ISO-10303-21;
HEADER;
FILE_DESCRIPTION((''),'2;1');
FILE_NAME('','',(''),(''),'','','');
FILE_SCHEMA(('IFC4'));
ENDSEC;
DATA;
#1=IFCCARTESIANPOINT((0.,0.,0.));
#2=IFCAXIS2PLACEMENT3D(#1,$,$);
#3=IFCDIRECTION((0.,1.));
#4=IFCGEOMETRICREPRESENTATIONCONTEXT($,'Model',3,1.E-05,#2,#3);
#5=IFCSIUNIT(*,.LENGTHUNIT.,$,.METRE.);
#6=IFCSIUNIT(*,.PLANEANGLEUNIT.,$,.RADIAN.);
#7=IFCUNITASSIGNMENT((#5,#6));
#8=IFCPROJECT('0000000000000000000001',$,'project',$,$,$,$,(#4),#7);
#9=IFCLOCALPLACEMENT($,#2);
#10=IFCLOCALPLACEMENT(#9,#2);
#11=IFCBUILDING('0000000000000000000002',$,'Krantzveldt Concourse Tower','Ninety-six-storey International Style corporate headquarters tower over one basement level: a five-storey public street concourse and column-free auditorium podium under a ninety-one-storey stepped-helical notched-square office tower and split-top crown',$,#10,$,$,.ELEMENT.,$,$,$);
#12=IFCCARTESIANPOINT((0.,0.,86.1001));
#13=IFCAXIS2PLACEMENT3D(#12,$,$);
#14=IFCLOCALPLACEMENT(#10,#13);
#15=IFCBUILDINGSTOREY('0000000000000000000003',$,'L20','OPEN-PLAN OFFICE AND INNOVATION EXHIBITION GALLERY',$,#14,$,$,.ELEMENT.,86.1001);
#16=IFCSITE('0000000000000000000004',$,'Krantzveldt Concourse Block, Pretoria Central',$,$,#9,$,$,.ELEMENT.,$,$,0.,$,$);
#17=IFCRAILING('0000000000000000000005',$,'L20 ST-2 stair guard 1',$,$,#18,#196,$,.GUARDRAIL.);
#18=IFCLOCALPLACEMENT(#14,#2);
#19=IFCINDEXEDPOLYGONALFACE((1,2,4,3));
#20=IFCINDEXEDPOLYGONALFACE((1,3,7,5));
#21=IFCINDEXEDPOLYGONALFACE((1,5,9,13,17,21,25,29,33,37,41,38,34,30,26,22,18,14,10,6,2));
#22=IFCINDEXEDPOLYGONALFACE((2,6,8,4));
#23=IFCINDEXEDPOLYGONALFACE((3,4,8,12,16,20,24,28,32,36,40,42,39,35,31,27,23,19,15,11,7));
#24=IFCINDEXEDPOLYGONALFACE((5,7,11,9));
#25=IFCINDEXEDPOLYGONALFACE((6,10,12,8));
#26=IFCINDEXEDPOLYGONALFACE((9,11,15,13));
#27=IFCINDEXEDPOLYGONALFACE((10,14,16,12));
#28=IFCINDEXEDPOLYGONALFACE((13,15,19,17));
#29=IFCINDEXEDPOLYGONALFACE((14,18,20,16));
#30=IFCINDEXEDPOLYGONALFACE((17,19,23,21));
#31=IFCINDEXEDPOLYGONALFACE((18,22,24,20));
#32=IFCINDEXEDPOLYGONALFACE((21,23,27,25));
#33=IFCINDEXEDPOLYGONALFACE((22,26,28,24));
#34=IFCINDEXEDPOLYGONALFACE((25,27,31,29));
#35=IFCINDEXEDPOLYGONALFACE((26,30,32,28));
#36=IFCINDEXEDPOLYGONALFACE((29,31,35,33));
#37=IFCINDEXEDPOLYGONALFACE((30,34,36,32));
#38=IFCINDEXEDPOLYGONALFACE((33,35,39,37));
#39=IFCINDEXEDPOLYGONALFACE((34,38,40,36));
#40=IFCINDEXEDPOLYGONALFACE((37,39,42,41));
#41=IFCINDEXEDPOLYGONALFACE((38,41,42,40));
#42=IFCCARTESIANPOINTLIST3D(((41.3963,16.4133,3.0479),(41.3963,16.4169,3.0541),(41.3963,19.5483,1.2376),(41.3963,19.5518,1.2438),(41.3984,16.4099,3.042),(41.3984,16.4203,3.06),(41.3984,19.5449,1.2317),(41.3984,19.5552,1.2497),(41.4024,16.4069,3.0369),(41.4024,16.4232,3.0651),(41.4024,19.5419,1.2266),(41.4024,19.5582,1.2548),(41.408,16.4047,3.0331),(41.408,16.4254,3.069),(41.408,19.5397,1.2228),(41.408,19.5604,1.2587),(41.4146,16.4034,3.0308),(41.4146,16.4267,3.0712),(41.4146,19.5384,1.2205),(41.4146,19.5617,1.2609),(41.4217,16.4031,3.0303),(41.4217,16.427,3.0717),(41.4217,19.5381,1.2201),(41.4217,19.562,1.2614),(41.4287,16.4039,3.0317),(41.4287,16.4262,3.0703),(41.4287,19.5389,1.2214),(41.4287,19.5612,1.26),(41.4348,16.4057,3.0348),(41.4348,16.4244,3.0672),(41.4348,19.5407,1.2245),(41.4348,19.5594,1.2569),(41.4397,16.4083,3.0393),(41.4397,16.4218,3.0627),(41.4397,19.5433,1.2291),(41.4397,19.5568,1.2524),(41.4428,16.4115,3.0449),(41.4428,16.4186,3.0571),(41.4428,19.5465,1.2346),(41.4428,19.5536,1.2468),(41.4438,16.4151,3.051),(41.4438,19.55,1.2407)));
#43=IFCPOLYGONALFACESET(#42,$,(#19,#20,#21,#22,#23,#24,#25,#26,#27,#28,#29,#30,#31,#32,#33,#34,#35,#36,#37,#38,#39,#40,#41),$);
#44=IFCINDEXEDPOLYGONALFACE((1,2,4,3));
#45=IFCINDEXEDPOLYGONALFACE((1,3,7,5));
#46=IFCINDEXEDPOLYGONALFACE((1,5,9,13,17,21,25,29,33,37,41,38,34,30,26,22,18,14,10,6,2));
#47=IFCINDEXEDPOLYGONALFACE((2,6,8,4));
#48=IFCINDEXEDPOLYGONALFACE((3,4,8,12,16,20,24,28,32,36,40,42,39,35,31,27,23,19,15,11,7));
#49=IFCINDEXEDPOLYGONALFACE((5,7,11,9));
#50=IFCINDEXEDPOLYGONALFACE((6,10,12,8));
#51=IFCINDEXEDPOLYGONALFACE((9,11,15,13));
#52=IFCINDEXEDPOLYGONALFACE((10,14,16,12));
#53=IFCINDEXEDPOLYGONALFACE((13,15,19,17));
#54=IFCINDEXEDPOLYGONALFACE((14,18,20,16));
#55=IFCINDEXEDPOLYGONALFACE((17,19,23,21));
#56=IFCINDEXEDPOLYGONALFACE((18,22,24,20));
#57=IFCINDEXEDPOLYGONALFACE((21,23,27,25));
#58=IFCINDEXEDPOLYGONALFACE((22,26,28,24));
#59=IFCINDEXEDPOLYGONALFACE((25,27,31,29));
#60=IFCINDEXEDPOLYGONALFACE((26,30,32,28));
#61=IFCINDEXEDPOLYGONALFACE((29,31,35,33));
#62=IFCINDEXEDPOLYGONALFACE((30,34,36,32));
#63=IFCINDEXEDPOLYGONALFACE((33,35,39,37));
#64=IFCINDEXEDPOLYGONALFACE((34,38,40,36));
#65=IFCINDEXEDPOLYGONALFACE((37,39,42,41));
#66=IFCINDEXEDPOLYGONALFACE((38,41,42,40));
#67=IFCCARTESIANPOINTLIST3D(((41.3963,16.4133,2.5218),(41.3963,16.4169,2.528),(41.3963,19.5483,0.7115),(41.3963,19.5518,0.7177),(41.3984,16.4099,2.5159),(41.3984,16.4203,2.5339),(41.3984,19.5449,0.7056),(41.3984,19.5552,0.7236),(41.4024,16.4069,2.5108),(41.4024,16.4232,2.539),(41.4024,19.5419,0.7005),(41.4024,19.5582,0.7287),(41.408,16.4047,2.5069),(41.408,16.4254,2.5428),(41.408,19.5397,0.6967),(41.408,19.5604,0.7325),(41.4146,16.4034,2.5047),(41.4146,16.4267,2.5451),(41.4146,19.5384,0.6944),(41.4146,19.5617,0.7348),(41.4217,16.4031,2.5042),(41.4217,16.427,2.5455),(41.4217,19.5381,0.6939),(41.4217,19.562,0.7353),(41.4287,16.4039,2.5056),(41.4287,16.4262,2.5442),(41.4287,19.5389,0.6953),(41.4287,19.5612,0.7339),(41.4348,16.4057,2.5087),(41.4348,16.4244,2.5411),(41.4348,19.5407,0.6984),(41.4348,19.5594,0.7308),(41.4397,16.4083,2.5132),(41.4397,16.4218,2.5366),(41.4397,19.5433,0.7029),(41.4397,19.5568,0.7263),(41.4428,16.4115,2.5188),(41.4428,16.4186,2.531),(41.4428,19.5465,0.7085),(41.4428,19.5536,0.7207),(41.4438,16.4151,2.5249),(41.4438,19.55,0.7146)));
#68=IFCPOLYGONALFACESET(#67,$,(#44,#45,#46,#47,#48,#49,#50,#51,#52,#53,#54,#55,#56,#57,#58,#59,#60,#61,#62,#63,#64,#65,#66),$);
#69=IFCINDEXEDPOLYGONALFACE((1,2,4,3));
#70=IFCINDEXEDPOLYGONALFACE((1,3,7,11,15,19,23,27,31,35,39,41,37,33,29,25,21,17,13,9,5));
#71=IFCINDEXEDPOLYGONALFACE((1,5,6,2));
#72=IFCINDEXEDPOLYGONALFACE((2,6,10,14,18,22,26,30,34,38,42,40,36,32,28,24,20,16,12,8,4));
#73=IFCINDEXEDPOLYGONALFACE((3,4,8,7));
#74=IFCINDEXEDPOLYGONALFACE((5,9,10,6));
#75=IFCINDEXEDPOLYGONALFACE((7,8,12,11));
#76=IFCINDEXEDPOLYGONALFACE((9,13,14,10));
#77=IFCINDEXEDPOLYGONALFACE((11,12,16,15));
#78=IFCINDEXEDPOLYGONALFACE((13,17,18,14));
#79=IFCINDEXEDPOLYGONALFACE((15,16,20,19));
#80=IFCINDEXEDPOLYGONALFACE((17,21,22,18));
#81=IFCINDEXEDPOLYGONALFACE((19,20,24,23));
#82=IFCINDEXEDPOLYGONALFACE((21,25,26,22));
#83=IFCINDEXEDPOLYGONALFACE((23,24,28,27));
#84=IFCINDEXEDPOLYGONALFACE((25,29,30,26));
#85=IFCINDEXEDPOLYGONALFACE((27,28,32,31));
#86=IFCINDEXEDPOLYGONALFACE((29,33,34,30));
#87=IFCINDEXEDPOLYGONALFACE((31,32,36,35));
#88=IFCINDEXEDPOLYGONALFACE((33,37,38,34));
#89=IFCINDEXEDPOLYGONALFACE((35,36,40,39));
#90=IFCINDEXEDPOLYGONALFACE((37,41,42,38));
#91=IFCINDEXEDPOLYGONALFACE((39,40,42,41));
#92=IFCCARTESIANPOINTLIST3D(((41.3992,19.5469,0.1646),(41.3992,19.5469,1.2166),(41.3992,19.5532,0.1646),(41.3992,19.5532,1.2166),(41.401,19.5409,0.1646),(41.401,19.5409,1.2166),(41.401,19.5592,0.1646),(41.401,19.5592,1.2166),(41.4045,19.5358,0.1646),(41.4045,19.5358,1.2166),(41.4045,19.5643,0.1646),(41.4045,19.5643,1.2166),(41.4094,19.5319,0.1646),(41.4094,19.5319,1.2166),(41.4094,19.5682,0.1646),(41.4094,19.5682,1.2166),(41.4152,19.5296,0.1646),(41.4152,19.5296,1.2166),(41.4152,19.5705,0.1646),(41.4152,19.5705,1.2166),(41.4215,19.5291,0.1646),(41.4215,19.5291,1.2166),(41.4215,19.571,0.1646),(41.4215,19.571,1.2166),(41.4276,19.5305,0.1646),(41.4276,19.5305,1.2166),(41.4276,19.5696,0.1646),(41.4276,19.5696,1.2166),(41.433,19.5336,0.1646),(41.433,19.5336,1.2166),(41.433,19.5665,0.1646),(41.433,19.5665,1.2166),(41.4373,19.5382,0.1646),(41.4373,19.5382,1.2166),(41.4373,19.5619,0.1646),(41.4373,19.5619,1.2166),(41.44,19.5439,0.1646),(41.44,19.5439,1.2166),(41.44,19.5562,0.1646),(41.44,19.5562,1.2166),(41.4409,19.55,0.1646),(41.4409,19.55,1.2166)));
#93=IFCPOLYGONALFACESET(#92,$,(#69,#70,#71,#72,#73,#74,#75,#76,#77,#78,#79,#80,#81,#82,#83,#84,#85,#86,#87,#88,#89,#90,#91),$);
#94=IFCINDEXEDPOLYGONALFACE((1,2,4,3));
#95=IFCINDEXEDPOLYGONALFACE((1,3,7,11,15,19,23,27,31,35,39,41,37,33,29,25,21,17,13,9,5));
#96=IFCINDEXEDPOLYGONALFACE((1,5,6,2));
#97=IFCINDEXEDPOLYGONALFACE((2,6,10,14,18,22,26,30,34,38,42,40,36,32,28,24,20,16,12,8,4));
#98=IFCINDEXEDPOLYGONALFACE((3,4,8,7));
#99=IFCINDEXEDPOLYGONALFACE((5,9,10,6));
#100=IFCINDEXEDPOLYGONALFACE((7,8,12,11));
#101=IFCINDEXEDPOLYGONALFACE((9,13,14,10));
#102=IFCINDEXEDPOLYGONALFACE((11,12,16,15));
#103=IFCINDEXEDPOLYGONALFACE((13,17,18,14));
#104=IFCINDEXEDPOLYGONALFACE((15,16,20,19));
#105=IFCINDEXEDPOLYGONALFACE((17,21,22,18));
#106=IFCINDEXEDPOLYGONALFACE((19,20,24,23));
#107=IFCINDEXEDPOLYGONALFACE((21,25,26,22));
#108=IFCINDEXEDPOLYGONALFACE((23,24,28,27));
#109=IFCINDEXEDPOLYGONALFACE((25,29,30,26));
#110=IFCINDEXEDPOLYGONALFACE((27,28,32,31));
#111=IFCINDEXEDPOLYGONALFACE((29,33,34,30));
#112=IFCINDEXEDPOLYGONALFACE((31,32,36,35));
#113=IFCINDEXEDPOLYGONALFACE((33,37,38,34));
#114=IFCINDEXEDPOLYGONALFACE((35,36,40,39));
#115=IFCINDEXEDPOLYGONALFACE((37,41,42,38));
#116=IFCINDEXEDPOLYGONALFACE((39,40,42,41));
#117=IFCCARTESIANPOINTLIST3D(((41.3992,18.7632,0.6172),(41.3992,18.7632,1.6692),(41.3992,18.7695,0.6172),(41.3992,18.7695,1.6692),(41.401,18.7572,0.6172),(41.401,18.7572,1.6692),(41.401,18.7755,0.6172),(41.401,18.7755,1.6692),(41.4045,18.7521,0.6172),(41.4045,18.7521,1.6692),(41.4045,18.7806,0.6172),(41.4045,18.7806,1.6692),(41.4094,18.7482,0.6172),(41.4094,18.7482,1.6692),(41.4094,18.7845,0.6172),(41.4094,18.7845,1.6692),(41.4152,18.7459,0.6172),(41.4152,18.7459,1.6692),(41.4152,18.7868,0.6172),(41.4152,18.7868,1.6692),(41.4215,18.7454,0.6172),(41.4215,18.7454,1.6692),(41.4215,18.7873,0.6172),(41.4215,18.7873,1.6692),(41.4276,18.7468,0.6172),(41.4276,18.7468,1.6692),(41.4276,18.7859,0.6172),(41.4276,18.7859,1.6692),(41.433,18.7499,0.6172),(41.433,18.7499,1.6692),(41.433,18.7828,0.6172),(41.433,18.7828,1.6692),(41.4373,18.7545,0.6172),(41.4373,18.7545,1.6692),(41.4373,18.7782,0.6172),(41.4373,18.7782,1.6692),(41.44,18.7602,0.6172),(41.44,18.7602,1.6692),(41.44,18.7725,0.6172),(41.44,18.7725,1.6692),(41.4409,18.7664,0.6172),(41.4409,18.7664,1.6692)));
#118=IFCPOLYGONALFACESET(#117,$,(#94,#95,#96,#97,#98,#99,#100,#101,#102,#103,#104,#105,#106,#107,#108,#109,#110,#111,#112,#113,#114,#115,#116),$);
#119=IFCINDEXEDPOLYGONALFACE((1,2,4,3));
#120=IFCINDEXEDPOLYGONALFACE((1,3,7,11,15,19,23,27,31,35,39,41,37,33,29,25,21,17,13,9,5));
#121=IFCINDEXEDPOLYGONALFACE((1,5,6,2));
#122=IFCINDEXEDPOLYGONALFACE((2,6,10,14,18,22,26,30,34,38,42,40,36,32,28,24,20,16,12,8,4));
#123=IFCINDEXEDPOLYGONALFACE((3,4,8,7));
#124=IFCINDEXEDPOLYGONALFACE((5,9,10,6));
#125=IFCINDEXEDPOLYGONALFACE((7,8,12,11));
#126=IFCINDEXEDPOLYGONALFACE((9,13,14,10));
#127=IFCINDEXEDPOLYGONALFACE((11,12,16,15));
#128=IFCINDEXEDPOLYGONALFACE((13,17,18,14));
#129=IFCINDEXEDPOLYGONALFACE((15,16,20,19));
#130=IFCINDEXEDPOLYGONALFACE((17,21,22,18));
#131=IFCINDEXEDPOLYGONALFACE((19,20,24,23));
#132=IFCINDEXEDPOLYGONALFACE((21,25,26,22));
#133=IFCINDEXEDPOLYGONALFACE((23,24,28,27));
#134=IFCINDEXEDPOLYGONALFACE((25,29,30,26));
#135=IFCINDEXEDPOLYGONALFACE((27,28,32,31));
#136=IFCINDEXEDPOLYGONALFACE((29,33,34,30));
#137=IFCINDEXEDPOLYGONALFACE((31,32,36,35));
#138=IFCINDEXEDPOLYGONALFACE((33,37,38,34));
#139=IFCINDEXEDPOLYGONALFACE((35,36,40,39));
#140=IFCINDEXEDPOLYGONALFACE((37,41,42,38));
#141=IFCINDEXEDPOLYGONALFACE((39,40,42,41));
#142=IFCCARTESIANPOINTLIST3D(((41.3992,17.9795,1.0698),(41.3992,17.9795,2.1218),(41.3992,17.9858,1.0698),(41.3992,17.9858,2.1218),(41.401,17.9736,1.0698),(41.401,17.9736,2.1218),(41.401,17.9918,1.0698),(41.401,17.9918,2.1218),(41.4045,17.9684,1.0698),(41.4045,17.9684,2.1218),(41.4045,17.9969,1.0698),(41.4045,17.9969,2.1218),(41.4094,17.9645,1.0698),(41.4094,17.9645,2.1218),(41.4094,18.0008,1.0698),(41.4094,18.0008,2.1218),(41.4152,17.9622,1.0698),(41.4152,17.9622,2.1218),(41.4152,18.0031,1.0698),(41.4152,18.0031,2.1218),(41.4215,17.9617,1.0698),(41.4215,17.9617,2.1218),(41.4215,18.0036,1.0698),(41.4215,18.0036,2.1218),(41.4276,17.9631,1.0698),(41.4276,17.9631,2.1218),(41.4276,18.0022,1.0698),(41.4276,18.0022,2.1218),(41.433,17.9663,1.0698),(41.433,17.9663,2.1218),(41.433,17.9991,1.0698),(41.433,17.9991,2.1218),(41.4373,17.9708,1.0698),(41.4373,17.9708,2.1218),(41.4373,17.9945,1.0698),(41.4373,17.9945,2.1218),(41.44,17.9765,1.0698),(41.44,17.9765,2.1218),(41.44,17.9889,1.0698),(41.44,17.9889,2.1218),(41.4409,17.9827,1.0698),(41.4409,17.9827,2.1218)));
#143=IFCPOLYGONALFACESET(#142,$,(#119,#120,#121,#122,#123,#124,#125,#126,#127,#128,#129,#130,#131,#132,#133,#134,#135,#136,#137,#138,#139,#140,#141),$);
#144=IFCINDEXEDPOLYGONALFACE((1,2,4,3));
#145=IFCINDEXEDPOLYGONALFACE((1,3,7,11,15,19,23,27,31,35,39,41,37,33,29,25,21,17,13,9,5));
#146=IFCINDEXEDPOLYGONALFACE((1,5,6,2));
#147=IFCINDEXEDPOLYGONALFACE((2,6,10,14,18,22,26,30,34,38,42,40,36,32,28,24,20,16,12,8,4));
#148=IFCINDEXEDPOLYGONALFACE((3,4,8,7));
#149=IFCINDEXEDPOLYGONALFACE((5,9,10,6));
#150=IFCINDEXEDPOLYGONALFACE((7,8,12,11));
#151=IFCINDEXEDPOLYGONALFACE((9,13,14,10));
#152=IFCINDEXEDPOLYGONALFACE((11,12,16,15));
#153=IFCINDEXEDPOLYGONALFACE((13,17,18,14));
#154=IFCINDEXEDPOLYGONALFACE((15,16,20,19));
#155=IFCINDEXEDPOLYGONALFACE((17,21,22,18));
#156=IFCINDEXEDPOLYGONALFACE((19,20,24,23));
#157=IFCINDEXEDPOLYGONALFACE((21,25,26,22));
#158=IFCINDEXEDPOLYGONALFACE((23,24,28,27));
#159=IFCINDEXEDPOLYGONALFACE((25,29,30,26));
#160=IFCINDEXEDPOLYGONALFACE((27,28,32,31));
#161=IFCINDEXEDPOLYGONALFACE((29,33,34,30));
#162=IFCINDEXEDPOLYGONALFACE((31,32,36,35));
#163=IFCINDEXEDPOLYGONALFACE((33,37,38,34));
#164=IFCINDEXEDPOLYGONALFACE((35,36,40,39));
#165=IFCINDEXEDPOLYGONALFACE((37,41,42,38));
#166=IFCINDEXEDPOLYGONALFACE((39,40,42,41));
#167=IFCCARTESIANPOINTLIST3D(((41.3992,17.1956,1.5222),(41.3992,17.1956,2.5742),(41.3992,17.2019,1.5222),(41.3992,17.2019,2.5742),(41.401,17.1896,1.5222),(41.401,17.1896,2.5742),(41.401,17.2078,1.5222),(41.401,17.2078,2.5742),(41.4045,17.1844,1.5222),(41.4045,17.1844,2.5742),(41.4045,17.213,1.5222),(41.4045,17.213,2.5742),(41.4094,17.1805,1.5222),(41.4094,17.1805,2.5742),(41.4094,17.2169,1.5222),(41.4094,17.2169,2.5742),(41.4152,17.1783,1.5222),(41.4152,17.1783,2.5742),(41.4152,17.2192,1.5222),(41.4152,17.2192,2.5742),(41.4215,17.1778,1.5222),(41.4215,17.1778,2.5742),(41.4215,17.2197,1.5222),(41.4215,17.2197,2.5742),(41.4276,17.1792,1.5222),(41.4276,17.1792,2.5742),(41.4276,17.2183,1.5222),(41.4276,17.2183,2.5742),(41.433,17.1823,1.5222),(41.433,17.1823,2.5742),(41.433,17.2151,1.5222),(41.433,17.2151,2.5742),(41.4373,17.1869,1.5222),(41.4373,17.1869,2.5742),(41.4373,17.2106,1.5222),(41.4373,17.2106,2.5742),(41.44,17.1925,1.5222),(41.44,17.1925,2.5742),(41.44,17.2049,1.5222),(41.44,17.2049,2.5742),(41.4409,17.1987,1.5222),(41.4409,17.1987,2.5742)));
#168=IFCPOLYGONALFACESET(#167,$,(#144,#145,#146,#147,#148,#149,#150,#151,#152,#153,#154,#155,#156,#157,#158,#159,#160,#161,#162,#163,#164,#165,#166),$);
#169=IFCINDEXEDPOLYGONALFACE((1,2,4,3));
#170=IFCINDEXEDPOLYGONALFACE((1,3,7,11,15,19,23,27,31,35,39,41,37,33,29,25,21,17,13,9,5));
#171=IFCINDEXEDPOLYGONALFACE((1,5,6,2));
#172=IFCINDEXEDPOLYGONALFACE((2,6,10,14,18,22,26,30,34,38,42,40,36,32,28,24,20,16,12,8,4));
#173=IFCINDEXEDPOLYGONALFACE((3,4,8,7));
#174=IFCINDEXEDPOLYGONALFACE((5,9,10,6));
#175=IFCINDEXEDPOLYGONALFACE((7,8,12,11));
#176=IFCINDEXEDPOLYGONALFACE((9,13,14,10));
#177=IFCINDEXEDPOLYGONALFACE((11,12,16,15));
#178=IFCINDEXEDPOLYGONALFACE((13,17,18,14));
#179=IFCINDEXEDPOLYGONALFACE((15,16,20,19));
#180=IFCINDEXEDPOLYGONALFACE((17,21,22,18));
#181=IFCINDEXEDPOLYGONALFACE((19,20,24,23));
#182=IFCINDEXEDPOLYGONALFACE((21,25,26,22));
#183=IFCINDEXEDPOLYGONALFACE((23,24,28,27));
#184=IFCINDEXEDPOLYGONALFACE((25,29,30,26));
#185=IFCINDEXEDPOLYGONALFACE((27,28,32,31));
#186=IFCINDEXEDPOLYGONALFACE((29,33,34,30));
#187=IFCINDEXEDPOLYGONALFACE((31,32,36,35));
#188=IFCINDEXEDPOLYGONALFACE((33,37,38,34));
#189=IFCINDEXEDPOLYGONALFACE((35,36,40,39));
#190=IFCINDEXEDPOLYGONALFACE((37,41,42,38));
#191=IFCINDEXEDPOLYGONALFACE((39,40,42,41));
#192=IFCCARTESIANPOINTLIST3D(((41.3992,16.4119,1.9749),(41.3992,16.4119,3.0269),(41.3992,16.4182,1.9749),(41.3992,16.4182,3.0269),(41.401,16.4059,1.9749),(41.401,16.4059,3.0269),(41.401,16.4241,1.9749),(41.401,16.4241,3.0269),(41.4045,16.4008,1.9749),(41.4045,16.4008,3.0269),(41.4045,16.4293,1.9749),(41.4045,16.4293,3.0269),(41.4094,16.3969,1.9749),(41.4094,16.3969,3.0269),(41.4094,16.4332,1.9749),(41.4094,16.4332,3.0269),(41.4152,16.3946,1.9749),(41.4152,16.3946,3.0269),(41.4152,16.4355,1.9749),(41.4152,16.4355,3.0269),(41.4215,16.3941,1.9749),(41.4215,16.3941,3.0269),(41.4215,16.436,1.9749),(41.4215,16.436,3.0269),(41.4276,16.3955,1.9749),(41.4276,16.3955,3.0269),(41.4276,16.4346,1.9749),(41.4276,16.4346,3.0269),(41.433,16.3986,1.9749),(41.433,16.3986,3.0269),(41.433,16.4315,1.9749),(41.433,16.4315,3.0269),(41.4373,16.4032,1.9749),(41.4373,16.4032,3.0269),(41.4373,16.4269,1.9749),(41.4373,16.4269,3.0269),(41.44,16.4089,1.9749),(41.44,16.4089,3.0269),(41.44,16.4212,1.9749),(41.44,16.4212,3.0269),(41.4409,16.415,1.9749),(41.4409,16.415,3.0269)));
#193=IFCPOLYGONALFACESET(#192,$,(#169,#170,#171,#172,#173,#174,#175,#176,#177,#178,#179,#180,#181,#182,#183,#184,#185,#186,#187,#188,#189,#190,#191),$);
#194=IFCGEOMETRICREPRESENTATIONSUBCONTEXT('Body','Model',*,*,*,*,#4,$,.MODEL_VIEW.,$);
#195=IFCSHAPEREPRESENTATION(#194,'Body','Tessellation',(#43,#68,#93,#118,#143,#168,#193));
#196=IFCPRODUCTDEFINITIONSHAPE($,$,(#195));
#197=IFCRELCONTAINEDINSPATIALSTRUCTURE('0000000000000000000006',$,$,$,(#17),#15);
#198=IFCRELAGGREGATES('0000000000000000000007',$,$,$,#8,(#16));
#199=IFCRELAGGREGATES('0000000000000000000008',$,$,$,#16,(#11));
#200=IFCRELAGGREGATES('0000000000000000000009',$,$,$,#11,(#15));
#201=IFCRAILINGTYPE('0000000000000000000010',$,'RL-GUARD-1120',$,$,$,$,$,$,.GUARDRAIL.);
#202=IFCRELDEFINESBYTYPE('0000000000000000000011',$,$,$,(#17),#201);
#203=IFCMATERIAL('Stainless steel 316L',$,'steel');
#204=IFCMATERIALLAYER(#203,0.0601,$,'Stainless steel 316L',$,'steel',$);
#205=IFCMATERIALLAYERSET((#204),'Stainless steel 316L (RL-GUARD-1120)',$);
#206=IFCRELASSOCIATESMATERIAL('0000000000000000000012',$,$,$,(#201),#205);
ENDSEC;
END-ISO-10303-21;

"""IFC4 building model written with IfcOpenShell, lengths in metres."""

from ifc_helpers import new_model, si_unit, direction, frame, origin, origin_2d, place, context, subcontext, project, spatial, circle, extrude, material, layer, layer_set, type_object, element, save


model = new_model("IFC4")

# Units and contexts
model_context = context("Model", 3, precision=1e-05, world=origin(), true_north=direction((0.0, 1.0)))
body_context = subcontext(model_context, "Body", "Model", "MODEL_VIEW")
ifc_project = project(units=[si_unit("LENGTHUNIT", "METRE"), si_unit("PLANEANGLEUNIT", "RADIAN")], contexts=[model_context])

# Site, building, storey
site_placement = place(None, origin())
site = spatial("IfcSite", under=ifc_project, at=site_placement, Name="Krantzveldt Concourse Block, Pretoria Central", CompositionType="ELEMENT", RefElevation=0.0)
building_placement = place(site_placement, origin())
building = spatial("IfcBuilding", under=site, at=building_placement, Name="Krantzveldt Concourse Tower", Description="Ninety-six-storey International Style corporate headquarters tower over one basement level: a five-storey public street concourse and column-free auditorium podium under a ninety-one-storey stepped-helical notched-square office tower and split-top crown", CompositionType="ELEMENT")
storey_placement = place(building_placement, frame((0.0, 0.0, 86.1001)))
storey = spatial("IfcBuildingStorey", under=building, at=storey_placement, Name="L20", Description="OPEN-PLAN OFFICE AND INNOVATION EXHIBITION GALLERY", CompositionType="ELEMENT", Elevation=86.1001)

# Shared definitions
ifc_material_1 = material(Name="Stainless steel 316L", Category="steel")

# Railing
ifc_layer_1 = layer(ifc_material_1, 0.0601, Name="Stainless steel 316L", Category="steel")
ifc_layer_set_1 = layer_set([ifc_layer_1], Name="Stainless steel 316L (RL-GUARD-1120)")
railing_type_1 = type_object("IfcRailingType", Name="RL-GUARD-1120", PredefinedType="GUARDRAIL", material=ifc_layer_set_1)
railing_1_placement = place(storey_placement, frame((41.4199, 19.55, 0.1646)))
element("IfcRailing", 1, at=railing_1_placement, inside=storey, type_object=railing_type_1, Name="L20 ST-2 stair guard 1", PredefinedType="GUARDRAIL", context=body_context, shape_type="SweptSolid", body=[
    extrude(circle(Radius=0.0239, at=origin_2d()), frame((0.0, 0.0, 1.0762), z_axis=(0.0, -0.865989, 0.500063), x_axis=(1.0, 0.0, 0.0)), (0.0, 0.0, 1.0), 3.6201),
    extrude(circle(Radius=0.0239, at=origin_2d()), frame((0.0, 0.0, 0.55), z_axis=(0.0, -0.865989, 0.500063), x_axis=(1.0, 0.0, 0.0)), (0.0, 0.0, 1.0), 3.6201),
    extrude(circle(Radius=0.021, at=origin_2d()), origin(), (0.0, 0.0, 1.0), 1.052),
    extrude(circle(Radius=0.021, at=origin_2d()), frame((0.0, -0.7837, 0.4526)), (0.0, 0.0, 1.0), 1.052),
    extrude(circle(Radius=0.021, at=origin_2d()), frame((0.0, -1.5674, 0.9053)), (0.0, 0.0, 1.0), 1.052),
    extrude(circle(Radius=0.021, at=origin_2d()), frame((0.0, -2.3513, 1.3577)), (0.0, 0.0, 1.0), 1.052),
    extrude(circle(Radius=0.021, at=origin_2d()), frame((0.0, -3.135, 1.8103)), (0.0, 0.0, 1.0), 1.052),
])

save(model, "model.ifc")
